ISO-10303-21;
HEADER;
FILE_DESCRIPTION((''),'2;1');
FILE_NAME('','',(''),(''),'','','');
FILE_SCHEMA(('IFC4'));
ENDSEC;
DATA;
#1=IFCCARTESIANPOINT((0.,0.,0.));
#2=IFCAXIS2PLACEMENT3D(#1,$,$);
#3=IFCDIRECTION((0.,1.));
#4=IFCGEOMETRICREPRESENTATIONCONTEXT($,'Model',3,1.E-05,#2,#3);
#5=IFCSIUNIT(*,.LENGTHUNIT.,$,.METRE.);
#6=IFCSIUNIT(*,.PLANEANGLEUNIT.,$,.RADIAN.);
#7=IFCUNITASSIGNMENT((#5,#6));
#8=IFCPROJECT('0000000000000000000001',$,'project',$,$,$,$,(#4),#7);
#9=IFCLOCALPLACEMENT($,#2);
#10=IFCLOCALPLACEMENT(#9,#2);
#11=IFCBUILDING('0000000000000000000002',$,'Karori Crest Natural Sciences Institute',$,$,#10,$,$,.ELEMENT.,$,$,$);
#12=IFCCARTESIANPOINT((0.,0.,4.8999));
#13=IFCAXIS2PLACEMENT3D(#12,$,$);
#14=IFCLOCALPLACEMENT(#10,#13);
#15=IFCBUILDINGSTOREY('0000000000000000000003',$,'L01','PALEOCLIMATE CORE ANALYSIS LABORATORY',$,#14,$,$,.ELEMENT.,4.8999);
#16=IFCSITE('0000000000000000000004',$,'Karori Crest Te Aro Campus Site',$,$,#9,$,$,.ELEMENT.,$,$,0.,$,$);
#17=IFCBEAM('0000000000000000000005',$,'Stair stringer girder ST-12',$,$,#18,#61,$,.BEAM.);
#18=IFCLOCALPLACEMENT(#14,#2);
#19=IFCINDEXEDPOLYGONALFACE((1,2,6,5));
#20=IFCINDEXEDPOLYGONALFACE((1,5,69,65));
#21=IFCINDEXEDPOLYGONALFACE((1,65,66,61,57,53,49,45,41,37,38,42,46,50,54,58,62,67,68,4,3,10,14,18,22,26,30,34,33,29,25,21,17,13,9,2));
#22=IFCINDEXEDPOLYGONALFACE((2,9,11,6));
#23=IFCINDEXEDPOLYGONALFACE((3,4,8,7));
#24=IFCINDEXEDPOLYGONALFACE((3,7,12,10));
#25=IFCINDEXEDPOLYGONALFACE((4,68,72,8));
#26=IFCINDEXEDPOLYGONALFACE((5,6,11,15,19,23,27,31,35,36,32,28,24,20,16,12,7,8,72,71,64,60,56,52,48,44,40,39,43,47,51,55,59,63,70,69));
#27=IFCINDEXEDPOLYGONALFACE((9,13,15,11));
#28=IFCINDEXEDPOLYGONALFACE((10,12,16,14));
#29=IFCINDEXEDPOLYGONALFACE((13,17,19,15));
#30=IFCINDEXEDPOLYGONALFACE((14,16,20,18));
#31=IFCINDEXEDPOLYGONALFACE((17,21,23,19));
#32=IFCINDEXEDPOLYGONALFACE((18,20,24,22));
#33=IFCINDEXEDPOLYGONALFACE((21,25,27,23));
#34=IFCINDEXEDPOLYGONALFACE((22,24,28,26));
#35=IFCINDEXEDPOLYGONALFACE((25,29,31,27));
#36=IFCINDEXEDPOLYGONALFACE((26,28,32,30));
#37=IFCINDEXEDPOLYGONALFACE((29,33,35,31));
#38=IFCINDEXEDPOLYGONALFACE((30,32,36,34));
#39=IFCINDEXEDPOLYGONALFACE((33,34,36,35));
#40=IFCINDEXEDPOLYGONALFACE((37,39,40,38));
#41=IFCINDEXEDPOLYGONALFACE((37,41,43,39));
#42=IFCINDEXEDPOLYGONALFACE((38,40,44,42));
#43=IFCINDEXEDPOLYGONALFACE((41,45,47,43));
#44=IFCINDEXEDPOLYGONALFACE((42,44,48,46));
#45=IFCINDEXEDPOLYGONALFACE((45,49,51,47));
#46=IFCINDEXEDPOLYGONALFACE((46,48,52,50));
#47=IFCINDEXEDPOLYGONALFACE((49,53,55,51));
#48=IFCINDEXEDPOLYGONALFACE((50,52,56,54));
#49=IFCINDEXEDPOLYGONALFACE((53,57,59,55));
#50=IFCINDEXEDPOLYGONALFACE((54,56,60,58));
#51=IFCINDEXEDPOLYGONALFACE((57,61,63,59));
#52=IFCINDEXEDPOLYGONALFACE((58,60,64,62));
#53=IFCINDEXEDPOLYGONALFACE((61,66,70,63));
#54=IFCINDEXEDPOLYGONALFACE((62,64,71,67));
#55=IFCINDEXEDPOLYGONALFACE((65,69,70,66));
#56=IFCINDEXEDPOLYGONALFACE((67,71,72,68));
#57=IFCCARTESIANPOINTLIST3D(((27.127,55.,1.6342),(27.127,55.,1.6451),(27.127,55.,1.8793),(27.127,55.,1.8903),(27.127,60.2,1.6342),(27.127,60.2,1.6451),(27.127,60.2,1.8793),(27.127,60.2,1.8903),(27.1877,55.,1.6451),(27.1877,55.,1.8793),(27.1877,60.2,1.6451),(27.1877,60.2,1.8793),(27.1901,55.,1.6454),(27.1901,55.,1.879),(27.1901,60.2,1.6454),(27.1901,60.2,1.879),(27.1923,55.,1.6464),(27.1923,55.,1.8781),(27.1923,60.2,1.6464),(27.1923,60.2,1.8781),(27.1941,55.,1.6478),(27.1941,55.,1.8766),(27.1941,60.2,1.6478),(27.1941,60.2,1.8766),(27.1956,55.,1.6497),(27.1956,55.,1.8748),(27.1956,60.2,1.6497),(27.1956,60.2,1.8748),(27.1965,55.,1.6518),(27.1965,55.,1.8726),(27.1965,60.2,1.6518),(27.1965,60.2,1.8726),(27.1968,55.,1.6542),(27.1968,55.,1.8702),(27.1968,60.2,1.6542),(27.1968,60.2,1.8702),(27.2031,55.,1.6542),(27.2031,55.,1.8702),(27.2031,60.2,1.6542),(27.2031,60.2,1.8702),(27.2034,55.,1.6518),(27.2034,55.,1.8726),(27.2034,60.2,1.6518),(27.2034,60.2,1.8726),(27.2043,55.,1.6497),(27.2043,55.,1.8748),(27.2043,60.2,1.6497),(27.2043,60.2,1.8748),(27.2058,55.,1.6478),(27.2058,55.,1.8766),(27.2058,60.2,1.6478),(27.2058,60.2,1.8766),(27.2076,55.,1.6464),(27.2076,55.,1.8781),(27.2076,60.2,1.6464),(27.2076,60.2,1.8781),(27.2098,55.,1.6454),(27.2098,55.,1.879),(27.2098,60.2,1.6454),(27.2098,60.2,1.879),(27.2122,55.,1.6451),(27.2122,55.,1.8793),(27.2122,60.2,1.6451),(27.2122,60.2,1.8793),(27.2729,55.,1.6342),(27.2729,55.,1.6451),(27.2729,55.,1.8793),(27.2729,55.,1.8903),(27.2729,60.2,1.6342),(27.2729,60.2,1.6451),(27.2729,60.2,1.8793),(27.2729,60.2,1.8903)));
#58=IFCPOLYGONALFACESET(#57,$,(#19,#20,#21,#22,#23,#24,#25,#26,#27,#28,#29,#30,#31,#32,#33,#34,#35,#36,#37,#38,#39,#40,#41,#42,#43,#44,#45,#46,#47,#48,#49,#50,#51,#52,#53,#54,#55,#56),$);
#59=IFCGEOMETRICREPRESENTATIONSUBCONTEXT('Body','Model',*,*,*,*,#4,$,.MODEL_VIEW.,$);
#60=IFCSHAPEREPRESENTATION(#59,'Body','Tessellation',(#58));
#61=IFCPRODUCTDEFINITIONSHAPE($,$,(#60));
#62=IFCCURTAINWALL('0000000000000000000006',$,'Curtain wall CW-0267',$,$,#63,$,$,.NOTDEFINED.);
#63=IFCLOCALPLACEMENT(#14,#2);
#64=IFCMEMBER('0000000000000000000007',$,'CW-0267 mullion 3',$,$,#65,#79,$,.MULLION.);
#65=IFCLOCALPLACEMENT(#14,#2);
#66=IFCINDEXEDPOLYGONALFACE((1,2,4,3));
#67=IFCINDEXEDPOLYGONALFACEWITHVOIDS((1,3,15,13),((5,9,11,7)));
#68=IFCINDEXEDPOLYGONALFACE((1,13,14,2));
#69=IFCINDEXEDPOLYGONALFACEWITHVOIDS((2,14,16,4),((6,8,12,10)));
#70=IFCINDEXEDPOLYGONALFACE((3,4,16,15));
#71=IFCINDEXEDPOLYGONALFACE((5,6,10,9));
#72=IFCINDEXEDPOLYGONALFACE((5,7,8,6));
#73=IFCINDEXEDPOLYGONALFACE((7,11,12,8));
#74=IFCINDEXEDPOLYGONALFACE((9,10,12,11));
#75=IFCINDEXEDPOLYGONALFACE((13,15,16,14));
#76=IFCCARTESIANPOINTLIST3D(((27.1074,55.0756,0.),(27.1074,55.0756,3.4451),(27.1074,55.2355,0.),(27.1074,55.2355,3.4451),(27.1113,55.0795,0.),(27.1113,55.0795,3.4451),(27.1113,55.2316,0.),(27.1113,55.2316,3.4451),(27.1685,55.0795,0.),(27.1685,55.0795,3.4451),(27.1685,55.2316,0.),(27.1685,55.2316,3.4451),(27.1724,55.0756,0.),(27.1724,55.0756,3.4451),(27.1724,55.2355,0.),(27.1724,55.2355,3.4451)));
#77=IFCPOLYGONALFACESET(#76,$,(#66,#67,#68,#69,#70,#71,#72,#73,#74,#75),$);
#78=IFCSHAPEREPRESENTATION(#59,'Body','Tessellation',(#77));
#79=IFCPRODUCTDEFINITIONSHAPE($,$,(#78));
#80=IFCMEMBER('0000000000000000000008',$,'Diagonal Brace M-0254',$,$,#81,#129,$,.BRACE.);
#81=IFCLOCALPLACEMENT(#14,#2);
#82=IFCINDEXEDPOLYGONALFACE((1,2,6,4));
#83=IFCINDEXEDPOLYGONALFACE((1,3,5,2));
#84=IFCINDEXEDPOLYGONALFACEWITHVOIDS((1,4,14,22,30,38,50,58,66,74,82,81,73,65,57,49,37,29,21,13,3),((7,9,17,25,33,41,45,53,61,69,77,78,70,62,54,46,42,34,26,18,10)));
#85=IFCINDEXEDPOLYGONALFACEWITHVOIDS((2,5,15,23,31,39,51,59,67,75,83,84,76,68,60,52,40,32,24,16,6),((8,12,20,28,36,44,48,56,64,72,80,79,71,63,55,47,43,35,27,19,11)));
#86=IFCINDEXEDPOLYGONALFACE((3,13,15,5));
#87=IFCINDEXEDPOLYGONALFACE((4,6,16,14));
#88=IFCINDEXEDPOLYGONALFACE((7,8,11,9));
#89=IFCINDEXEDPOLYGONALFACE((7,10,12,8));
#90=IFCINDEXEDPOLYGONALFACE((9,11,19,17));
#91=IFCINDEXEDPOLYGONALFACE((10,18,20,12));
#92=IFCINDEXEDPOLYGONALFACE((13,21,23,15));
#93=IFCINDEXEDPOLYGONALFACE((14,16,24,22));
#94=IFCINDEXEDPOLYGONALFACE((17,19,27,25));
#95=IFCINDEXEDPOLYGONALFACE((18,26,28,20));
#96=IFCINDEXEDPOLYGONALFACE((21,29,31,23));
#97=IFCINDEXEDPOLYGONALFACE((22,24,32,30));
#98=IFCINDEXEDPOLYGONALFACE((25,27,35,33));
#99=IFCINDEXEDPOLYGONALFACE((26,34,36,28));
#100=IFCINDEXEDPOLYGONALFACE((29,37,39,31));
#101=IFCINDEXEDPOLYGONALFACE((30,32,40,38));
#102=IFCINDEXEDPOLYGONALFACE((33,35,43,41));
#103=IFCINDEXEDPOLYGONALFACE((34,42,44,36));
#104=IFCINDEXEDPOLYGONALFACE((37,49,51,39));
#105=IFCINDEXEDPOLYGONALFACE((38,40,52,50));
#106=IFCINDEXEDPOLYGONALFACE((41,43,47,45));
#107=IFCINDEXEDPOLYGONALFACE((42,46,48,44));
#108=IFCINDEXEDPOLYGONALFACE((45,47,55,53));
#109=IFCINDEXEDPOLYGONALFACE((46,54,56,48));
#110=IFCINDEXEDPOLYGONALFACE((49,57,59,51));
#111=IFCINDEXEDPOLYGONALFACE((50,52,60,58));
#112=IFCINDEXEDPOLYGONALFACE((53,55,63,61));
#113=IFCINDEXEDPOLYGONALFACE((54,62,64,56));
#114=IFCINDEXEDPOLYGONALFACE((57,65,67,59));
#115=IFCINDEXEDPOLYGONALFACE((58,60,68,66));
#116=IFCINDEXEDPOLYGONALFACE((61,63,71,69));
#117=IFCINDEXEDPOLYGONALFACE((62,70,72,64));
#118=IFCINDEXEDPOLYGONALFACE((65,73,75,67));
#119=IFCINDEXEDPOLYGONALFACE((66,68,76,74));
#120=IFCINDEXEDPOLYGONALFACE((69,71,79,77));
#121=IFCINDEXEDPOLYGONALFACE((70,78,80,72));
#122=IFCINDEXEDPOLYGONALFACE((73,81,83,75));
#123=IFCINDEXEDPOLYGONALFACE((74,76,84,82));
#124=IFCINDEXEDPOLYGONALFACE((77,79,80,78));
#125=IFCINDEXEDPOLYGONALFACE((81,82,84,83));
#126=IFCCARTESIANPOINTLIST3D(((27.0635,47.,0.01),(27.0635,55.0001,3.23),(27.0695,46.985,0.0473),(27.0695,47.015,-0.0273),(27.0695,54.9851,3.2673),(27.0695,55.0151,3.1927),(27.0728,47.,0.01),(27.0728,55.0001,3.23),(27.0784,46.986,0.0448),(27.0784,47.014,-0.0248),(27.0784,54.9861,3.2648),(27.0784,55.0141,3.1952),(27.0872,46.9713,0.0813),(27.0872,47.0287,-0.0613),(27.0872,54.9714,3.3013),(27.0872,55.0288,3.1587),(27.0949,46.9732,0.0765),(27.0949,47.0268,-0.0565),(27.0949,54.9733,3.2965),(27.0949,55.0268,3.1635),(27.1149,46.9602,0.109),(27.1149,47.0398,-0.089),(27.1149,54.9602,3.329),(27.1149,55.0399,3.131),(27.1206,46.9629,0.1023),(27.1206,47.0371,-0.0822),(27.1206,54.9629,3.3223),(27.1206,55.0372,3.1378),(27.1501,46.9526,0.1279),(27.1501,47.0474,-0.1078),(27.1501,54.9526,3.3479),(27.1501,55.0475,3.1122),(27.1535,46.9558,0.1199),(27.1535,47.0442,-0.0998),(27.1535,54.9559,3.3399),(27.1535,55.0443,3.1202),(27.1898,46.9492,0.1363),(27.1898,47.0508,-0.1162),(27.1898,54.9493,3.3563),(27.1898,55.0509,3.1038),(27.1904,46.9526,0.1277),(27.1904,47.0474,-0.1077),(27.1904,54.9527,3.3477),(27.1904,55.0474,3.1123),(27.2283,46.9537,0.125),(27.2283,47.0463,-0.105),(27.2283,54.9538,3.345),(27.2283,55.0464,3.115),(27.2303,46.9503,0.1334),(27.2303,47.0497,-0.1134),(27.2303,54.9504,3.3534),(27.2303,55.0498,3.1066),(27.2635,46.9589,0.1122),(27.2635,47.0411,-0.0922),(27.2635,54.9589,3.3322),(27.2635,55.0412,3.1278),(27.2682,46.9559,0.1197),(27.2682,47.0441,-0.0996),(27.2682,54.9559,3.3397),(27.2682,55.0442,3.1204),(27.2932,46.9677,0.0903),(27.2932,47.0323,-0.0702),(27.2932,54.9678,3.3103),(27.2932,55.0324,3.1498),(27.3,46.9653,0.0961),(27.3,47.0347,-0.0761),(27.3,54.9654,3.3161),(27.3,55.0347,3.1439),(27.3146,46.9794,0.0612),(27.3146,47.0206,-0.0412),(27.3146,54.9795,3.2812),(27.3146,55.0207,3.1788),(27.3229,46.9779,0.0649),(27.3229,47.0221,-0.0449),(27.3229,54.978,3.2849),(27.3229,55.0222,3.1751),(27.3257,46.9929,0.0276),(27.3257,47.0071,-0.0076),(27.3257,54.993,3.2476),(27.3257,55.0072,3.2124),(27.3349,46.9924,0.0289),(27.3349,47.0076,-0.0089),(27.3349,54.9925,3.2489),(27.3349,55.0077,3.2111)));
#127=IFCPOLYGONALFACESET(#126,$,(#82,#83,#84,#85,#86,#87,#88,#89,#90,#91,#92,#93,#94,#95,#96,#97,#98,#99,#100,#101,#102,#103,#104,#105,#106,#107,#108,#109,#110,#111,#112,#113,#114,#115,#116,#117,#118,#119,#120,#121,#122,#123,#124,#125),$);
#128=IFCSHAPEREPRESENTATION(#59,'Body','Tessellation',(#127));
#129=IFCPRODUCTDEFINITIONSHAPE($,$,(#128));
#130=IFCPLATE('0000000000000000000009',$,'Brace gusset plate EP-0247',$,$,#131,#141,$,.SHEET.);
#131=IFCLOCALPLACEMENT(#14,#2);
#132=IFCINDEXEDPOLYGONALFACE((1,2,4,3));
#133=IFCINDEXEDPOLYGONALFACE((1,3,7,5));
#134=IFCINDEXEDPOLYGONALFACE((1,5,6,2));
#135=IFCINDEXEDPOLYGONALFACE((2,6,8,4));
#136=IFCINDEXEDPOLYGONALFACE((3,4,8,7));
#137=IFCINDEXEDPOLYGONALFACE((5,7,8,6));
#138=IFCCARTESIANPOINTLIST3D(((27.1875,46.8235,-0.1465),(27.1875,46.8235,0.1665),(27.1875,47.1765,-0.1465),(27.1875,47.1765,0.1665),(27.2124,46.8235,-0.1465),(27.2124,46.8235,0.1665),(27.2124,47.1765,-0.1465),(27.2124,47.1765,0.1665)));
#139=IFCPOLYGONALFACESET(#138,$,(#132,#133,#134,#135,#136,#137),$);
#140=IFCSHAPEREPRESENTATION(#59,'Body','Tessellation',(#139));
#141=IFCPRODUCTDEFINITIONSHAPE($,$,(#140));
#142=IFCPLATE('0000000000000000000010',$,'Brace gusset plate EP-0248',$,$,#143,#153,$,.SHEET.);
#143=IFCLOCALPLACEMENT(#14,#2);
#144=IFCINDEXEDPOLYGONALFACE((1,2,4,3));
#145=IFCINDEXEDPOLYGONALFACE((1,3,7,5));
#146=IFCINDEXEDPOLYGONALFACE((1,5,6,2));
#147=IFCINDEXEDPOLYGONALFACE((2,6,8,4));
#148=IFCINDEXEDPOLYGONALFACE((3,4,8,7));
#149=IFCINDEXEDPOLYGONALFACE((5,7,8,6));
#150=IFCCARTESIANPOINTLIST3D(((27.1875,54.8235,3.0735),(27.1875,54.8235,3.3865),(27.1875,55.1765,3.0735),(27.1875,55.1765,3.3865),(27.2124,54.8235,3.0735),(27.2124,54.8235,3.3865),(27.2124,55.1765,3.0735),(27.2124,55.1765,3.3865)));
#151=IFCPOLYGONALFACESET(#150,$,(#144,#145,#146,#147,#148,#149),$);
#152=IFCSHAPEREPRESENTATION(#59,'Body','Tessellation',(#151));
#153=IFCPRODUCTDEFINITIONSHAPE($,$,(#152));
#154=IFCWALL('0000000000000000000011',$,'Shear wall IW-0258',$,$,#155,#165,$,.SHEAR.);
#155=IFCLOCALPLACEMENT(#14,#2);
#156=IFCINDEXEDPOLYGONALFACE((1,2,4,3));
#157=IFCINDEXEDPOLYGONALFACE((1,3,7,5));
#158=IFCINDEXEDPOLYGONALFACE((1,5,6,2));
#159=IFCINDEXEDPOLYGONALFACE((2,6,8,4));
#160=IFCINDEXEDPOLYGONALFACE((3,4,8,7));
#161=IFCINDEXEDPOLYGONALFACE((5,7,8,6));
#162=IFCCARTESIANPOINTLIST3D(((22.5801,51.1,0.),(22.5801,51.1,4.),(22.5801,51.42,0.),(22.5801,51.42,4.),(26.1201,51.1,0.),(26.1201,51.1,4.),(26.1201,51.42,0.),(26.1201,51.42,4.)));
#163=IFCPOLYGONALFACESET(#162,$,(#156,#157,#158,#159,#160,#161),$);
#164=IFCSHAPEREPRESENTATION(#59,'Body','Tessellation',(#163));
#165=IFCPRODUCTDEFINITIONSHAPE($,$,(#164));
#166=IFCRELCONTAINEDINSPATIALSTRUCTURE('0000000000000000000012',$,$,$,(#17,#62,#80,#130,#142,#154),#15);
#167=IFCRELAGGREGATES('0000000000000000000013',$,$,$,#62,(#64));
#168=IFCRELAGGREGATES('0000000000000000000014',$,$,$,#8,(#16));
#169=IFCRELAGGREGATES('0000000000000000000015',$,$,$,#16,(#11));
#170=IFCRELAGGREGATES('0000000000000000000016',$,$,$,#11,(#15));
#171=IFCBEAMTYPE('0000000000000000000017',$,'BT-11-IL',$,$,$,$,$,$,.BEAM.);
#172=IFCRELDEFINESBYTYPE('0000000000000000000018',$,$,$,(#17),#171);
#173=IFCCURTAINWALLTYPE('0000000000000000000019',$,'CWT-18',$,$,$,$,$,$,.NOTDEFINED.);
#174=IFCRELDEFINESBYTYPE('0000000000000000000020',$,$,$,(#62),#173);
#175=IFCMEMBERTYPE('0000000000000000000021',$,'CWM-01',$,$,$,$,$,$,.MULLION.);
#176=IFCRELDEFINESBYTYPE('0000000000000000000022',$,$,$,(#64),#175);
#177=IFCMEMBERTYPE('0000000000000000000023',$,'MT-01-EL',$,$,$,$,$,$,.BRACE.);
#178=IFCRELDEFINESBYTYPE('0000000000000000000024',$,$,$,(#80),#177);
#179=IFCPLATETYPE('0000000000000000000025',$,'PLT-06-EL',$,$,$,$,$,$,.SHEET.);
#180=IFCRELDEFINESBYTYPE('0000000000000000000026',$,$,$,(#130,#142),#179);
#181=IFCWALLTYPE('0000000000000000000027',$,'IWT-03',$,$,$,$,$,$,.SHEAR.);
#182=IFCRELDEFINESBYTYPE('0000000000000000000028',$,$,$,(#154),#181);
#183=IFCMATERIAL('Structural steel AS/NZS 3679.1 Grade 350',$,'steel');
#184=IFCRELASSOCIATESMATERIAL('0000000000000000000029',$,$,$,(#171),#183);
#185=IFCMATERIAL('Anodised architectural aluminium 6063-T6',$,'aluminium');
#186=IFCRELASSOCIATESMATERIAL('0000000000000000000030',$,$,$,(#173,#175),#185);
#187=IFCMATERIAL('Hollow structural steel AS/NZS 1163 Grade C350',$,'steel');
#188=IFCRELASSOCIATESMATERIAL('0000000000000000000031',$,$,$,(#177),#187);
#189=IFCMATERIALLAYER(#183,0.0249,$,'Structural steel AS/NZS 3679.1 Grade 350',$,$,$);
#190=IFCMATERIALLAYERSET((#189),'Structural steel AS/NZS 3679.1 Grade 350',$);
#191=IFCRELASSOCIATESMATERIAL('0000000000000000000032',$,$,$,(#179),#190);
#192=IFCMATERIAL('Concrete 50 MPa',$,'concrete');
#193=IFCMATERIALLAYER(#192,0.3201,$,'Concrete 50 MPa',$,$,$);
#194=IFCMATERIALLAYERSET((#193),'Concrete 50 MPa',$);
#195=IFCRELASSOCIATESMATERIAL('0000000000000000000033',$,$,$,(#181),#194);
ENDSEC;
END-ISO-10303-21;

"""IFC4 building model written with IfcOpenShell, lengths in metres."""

from ifc_helpers import new_model, si_unit, direction, frame, frame_2d, origin, origin_2d, place, context, subcontext, project, spatial, rectangle, hollow_rectangle, hollow_circle, i_section, extrude, material, layer, layer_set, material_profile, profile_set, type_object, element, aggregate, save


model = new_model("IFC4")

# Units and contexts
model_context = context("Model", 3, precision=1e-05, world=origin(), true_north=direction((0.0, 1.0)))
body_context = subcontext(model_context, "Body", "Model", "MODEL_VIEW")
ifc_project = project(units=[si_unit("LENGTHUNIT", "METRE"), si_unit("PLANEANGLEUNIT", "RADIAN")], contexts=[model_context])

# Site, building, storey
site_placement = place(None, origin())
site = spatial("IfcSite", under=ifc_project, at=site_placement, Name="Karori Crest Te Aro Campus Site", CompositionType="ELEMENT", RefElevation=0.0)
building_placement = place(site_placement, origin())
building = spatial("IfcBuilding", under=site, at=building_placement, Name="Karori Crest Natural Sciences Institute", CompositionType="ELEMENT")
storey_placement = place(building_placement, frame((0.0, 0.0, 4.8999)))
storey = spatial("IfcBuildingStorey", under=building, at=storey_placement, Name="L01", Description="PALEOCLIMATE CORE ANALYSIS LABORATORY", CompositionType="ELEMENT", Elevation=4.8999)

# Shared definitions
ifc_material_1 = material(Name="Structural steel AS/NZS 3679.1 Grade 350", Category="steel")
ifc_material_2 = material(Name="Hollow structural steel AS/NZS 1163 Grade C350", Category="steel")

# Beam
ifc_material_profile_1 = material_profile(ifc_material_1, i_section(OverallWidth=0.146, OverallDepth=0.2561, WebThickness=0.0063, FlangeThickness=0.011, FilletRadius=0.009, at=origin_2d()), Name="250UB37.3")
ifc_profile_set_1 = profile_set([ifc_material_profile_1], Name="Structural steel AS/NZS 3679.1 Grade 350")
beam_type_1 = type_object("IfcBeamType", Name="BT-11-IL", PredefinedType="BEAM", material=ifc_profile_set_1)
for number, where, z_axis, x_axis, name in (
    (1, (27.2, 55.0, 1.7622), (0.0, 1.0, 0.0), (-1.0, 0.0, 0.0), "Stair stringer girder ST-12"),
):
    element("IfcBeam", number, at=place(storey_placement, frame(where, z_axis=z_axis, x_axis=x_axis)), inside=storey, type_object=beam_type_1, Name=name, PredefinedType="BEAM", context=body_context, shape_type="SweptSolid", body=[
        extrude(i_section(OverallWidth=0.146, OverallDepth=0.2561, WebThickness=0.0063, FlangeThickness=0.011, FilletRadius=0.009, at=origin_2d()), origin(), (0.0, 0.0, 1.0), 5.2),
    ])

# Curtain wall, member
ifc_material_3 = material(Name="Anodised architectural aluminium 6063-T6", Category="aluminium")
curtain_wall_type = type_object("IfcCurtainWallType", Name="CWT-18", PredefinedType="NOTDEFINED", material=ifc_material_3)
curtain_wall_placement = place(storey_placement, origin())
curtain_wall = element("IfcCurtainWall", 2, at=curtain_wall_placement, inside=storey, type_object=curtain_wall_type, Name="Curtain wall CW-0267", PredefinedType="NOTDEFINED")
ifc_material_profile_2 = material_profile(ifc_material_3, hollow_rectangle(XDim=0.0649, YDim=0.1599, WallThickness=0.0039, at=origin_2d()), Name="CWM160x65x4")
ifc_profile_set_2 = profile_set([ifc_material_profile_2], Name="Anodised architectural aluminium 6063-T6")
member_type_1 = type_object("IfcMemberType", Name="CWM-01", PredefinedType="MULLION", material=ifc_profile_set_2)
member_1_placement = place(storey_placement, frame((27.1399, 55.1555, 0.0), z_axis=(0.0, 0.0, 1.0), x_axis=(1.0, 0.0, 0.0)))
member_1 = element("IfcMember", 3, at=member_1_placement, type_object=member_type_1, Name="CW-0267 mullion 3", PredefinedType="MULLION", context=body_context, shape_type="SweptSolid", body=[
    extrude(hollow_rectangle(XDim=0.0649, YDim=0.1599, WallThickness=0.0039, at=origin_2d()), origin(), (0.0, 0.0, 1.0), 3.4451),
])
aggregate(curtain_wall, [member_1])

# Member
ifc_material_profile_3 = material_profile(ifc_material_2, hollow_circle(Radius=0.1365, WallThickness=0.0093, at=origin_2d()), Name="CHS273.0x9.3")
ifc_profile_set_3 = profile_set([ifc_material_profile_3], Name="Hollow structural steel AS/NZS 1163 Grade C350")
member_type_2 = type_object("IfcMemberType", Name="MT-01-EL", PredefinedType="BRACE", material=ifc_profile_set_3)
member_2_placement = place(storey_placement, frame((27.2, 47.0, 0.01), z_axis=(0.0, 0.927676, 0.373386), x_axis=(-1.0, 0.0, 0.0)))
element("IfcMember", 4, at=member_2_placement, inside=storey, type_object=member_type_2, Name="Diagonal Brace M-0254", PredefinedType="BRACE", context=body_context, shape_type="SweptSolid", body=[
    extrude(hollow_circle(Radius=0.1365, WallThickness=0.0093, at=origin_2d()), origin(), (0.0, 0.0, 1.0), 8.6238),
])

# Plates
ifc_layer_1 = layer(ifc_material_1, 0.0249, Name="Structural steel AS/NZS 3679.1 Grade 350")
ifc_layer_set_1 = layer_set([ifc_layer_1], Name="Structural steel AS/NZS 3679.1 Grade 350")
plate_type = type_object("IfcPlateType", Name="PLT-06-EL", PredefinedType="SHEET", material=ifc_layer_set_1)
for number, where, z_axis, x_axis, name in (
    (5, (27.2, 47.0, -0.1465), (0.0, 0.0, 1.0), (0.0, 1.0, 0.0), "Brace gusset plate EP-0247"),
    (6, (27.2, 55.0, 3.0735), (0.0, 0.0, 1.0), (0.0, 1.0, 0.0), "Brace gusset plate EP-0248"),
):
    element("IfcPlate", number, at=place(storey_placement, frame(where, z_axis=z_axis, x_axis=x_axis)), inside=storey, type_object=plate_type, Name=name, PredefinedType="SHEET", context=body_context, shape_type="SweptSolid", body=[
        extrude(rectangle(XDim=0.353, YDim=0.0249, at=origin_2d()), origin(), (0.0, 0.0, 1.0), 0.313),
    ])

# Wall
ifc_material_4 = material(Name="Concrete 50 MPa", Category="concrete")
ifc_layer_2 = layer(ifc_material_4, 0.3201, Name="Concrete 50 MPa")
ifc_layer_set_2 = layer_set([ifc_layer_2], Name="Concrete 50 MPa")
wall_type_1 = type_object("IfcWallType", Name="IWT-03", PredefinedType="SHEAR", material=ifc_layer_set_2)
wall_1_placement = place(storey_placement, frame((22.5801, 51.26, 0.0), z_axis=(0.0, 0.0, 1.0), x_axis=(1.0, 0.0, 0.0)))
element("IfcWall", 7, at=wall_1_placement, inside=storey, type_object=wall_type_1, Name="Shear wall IW-0258", PredefinedType="SHEAR", context=body_context, shape_type="SweptSolid", body=[
    extrude(rectangle(XDim=3.54, YDim=0.3201, at=frame_2d((1.77, 0.0))), origin(), (0.0, 0.0, 1.0), 4.0),
])

save(model, "model.ifc")
